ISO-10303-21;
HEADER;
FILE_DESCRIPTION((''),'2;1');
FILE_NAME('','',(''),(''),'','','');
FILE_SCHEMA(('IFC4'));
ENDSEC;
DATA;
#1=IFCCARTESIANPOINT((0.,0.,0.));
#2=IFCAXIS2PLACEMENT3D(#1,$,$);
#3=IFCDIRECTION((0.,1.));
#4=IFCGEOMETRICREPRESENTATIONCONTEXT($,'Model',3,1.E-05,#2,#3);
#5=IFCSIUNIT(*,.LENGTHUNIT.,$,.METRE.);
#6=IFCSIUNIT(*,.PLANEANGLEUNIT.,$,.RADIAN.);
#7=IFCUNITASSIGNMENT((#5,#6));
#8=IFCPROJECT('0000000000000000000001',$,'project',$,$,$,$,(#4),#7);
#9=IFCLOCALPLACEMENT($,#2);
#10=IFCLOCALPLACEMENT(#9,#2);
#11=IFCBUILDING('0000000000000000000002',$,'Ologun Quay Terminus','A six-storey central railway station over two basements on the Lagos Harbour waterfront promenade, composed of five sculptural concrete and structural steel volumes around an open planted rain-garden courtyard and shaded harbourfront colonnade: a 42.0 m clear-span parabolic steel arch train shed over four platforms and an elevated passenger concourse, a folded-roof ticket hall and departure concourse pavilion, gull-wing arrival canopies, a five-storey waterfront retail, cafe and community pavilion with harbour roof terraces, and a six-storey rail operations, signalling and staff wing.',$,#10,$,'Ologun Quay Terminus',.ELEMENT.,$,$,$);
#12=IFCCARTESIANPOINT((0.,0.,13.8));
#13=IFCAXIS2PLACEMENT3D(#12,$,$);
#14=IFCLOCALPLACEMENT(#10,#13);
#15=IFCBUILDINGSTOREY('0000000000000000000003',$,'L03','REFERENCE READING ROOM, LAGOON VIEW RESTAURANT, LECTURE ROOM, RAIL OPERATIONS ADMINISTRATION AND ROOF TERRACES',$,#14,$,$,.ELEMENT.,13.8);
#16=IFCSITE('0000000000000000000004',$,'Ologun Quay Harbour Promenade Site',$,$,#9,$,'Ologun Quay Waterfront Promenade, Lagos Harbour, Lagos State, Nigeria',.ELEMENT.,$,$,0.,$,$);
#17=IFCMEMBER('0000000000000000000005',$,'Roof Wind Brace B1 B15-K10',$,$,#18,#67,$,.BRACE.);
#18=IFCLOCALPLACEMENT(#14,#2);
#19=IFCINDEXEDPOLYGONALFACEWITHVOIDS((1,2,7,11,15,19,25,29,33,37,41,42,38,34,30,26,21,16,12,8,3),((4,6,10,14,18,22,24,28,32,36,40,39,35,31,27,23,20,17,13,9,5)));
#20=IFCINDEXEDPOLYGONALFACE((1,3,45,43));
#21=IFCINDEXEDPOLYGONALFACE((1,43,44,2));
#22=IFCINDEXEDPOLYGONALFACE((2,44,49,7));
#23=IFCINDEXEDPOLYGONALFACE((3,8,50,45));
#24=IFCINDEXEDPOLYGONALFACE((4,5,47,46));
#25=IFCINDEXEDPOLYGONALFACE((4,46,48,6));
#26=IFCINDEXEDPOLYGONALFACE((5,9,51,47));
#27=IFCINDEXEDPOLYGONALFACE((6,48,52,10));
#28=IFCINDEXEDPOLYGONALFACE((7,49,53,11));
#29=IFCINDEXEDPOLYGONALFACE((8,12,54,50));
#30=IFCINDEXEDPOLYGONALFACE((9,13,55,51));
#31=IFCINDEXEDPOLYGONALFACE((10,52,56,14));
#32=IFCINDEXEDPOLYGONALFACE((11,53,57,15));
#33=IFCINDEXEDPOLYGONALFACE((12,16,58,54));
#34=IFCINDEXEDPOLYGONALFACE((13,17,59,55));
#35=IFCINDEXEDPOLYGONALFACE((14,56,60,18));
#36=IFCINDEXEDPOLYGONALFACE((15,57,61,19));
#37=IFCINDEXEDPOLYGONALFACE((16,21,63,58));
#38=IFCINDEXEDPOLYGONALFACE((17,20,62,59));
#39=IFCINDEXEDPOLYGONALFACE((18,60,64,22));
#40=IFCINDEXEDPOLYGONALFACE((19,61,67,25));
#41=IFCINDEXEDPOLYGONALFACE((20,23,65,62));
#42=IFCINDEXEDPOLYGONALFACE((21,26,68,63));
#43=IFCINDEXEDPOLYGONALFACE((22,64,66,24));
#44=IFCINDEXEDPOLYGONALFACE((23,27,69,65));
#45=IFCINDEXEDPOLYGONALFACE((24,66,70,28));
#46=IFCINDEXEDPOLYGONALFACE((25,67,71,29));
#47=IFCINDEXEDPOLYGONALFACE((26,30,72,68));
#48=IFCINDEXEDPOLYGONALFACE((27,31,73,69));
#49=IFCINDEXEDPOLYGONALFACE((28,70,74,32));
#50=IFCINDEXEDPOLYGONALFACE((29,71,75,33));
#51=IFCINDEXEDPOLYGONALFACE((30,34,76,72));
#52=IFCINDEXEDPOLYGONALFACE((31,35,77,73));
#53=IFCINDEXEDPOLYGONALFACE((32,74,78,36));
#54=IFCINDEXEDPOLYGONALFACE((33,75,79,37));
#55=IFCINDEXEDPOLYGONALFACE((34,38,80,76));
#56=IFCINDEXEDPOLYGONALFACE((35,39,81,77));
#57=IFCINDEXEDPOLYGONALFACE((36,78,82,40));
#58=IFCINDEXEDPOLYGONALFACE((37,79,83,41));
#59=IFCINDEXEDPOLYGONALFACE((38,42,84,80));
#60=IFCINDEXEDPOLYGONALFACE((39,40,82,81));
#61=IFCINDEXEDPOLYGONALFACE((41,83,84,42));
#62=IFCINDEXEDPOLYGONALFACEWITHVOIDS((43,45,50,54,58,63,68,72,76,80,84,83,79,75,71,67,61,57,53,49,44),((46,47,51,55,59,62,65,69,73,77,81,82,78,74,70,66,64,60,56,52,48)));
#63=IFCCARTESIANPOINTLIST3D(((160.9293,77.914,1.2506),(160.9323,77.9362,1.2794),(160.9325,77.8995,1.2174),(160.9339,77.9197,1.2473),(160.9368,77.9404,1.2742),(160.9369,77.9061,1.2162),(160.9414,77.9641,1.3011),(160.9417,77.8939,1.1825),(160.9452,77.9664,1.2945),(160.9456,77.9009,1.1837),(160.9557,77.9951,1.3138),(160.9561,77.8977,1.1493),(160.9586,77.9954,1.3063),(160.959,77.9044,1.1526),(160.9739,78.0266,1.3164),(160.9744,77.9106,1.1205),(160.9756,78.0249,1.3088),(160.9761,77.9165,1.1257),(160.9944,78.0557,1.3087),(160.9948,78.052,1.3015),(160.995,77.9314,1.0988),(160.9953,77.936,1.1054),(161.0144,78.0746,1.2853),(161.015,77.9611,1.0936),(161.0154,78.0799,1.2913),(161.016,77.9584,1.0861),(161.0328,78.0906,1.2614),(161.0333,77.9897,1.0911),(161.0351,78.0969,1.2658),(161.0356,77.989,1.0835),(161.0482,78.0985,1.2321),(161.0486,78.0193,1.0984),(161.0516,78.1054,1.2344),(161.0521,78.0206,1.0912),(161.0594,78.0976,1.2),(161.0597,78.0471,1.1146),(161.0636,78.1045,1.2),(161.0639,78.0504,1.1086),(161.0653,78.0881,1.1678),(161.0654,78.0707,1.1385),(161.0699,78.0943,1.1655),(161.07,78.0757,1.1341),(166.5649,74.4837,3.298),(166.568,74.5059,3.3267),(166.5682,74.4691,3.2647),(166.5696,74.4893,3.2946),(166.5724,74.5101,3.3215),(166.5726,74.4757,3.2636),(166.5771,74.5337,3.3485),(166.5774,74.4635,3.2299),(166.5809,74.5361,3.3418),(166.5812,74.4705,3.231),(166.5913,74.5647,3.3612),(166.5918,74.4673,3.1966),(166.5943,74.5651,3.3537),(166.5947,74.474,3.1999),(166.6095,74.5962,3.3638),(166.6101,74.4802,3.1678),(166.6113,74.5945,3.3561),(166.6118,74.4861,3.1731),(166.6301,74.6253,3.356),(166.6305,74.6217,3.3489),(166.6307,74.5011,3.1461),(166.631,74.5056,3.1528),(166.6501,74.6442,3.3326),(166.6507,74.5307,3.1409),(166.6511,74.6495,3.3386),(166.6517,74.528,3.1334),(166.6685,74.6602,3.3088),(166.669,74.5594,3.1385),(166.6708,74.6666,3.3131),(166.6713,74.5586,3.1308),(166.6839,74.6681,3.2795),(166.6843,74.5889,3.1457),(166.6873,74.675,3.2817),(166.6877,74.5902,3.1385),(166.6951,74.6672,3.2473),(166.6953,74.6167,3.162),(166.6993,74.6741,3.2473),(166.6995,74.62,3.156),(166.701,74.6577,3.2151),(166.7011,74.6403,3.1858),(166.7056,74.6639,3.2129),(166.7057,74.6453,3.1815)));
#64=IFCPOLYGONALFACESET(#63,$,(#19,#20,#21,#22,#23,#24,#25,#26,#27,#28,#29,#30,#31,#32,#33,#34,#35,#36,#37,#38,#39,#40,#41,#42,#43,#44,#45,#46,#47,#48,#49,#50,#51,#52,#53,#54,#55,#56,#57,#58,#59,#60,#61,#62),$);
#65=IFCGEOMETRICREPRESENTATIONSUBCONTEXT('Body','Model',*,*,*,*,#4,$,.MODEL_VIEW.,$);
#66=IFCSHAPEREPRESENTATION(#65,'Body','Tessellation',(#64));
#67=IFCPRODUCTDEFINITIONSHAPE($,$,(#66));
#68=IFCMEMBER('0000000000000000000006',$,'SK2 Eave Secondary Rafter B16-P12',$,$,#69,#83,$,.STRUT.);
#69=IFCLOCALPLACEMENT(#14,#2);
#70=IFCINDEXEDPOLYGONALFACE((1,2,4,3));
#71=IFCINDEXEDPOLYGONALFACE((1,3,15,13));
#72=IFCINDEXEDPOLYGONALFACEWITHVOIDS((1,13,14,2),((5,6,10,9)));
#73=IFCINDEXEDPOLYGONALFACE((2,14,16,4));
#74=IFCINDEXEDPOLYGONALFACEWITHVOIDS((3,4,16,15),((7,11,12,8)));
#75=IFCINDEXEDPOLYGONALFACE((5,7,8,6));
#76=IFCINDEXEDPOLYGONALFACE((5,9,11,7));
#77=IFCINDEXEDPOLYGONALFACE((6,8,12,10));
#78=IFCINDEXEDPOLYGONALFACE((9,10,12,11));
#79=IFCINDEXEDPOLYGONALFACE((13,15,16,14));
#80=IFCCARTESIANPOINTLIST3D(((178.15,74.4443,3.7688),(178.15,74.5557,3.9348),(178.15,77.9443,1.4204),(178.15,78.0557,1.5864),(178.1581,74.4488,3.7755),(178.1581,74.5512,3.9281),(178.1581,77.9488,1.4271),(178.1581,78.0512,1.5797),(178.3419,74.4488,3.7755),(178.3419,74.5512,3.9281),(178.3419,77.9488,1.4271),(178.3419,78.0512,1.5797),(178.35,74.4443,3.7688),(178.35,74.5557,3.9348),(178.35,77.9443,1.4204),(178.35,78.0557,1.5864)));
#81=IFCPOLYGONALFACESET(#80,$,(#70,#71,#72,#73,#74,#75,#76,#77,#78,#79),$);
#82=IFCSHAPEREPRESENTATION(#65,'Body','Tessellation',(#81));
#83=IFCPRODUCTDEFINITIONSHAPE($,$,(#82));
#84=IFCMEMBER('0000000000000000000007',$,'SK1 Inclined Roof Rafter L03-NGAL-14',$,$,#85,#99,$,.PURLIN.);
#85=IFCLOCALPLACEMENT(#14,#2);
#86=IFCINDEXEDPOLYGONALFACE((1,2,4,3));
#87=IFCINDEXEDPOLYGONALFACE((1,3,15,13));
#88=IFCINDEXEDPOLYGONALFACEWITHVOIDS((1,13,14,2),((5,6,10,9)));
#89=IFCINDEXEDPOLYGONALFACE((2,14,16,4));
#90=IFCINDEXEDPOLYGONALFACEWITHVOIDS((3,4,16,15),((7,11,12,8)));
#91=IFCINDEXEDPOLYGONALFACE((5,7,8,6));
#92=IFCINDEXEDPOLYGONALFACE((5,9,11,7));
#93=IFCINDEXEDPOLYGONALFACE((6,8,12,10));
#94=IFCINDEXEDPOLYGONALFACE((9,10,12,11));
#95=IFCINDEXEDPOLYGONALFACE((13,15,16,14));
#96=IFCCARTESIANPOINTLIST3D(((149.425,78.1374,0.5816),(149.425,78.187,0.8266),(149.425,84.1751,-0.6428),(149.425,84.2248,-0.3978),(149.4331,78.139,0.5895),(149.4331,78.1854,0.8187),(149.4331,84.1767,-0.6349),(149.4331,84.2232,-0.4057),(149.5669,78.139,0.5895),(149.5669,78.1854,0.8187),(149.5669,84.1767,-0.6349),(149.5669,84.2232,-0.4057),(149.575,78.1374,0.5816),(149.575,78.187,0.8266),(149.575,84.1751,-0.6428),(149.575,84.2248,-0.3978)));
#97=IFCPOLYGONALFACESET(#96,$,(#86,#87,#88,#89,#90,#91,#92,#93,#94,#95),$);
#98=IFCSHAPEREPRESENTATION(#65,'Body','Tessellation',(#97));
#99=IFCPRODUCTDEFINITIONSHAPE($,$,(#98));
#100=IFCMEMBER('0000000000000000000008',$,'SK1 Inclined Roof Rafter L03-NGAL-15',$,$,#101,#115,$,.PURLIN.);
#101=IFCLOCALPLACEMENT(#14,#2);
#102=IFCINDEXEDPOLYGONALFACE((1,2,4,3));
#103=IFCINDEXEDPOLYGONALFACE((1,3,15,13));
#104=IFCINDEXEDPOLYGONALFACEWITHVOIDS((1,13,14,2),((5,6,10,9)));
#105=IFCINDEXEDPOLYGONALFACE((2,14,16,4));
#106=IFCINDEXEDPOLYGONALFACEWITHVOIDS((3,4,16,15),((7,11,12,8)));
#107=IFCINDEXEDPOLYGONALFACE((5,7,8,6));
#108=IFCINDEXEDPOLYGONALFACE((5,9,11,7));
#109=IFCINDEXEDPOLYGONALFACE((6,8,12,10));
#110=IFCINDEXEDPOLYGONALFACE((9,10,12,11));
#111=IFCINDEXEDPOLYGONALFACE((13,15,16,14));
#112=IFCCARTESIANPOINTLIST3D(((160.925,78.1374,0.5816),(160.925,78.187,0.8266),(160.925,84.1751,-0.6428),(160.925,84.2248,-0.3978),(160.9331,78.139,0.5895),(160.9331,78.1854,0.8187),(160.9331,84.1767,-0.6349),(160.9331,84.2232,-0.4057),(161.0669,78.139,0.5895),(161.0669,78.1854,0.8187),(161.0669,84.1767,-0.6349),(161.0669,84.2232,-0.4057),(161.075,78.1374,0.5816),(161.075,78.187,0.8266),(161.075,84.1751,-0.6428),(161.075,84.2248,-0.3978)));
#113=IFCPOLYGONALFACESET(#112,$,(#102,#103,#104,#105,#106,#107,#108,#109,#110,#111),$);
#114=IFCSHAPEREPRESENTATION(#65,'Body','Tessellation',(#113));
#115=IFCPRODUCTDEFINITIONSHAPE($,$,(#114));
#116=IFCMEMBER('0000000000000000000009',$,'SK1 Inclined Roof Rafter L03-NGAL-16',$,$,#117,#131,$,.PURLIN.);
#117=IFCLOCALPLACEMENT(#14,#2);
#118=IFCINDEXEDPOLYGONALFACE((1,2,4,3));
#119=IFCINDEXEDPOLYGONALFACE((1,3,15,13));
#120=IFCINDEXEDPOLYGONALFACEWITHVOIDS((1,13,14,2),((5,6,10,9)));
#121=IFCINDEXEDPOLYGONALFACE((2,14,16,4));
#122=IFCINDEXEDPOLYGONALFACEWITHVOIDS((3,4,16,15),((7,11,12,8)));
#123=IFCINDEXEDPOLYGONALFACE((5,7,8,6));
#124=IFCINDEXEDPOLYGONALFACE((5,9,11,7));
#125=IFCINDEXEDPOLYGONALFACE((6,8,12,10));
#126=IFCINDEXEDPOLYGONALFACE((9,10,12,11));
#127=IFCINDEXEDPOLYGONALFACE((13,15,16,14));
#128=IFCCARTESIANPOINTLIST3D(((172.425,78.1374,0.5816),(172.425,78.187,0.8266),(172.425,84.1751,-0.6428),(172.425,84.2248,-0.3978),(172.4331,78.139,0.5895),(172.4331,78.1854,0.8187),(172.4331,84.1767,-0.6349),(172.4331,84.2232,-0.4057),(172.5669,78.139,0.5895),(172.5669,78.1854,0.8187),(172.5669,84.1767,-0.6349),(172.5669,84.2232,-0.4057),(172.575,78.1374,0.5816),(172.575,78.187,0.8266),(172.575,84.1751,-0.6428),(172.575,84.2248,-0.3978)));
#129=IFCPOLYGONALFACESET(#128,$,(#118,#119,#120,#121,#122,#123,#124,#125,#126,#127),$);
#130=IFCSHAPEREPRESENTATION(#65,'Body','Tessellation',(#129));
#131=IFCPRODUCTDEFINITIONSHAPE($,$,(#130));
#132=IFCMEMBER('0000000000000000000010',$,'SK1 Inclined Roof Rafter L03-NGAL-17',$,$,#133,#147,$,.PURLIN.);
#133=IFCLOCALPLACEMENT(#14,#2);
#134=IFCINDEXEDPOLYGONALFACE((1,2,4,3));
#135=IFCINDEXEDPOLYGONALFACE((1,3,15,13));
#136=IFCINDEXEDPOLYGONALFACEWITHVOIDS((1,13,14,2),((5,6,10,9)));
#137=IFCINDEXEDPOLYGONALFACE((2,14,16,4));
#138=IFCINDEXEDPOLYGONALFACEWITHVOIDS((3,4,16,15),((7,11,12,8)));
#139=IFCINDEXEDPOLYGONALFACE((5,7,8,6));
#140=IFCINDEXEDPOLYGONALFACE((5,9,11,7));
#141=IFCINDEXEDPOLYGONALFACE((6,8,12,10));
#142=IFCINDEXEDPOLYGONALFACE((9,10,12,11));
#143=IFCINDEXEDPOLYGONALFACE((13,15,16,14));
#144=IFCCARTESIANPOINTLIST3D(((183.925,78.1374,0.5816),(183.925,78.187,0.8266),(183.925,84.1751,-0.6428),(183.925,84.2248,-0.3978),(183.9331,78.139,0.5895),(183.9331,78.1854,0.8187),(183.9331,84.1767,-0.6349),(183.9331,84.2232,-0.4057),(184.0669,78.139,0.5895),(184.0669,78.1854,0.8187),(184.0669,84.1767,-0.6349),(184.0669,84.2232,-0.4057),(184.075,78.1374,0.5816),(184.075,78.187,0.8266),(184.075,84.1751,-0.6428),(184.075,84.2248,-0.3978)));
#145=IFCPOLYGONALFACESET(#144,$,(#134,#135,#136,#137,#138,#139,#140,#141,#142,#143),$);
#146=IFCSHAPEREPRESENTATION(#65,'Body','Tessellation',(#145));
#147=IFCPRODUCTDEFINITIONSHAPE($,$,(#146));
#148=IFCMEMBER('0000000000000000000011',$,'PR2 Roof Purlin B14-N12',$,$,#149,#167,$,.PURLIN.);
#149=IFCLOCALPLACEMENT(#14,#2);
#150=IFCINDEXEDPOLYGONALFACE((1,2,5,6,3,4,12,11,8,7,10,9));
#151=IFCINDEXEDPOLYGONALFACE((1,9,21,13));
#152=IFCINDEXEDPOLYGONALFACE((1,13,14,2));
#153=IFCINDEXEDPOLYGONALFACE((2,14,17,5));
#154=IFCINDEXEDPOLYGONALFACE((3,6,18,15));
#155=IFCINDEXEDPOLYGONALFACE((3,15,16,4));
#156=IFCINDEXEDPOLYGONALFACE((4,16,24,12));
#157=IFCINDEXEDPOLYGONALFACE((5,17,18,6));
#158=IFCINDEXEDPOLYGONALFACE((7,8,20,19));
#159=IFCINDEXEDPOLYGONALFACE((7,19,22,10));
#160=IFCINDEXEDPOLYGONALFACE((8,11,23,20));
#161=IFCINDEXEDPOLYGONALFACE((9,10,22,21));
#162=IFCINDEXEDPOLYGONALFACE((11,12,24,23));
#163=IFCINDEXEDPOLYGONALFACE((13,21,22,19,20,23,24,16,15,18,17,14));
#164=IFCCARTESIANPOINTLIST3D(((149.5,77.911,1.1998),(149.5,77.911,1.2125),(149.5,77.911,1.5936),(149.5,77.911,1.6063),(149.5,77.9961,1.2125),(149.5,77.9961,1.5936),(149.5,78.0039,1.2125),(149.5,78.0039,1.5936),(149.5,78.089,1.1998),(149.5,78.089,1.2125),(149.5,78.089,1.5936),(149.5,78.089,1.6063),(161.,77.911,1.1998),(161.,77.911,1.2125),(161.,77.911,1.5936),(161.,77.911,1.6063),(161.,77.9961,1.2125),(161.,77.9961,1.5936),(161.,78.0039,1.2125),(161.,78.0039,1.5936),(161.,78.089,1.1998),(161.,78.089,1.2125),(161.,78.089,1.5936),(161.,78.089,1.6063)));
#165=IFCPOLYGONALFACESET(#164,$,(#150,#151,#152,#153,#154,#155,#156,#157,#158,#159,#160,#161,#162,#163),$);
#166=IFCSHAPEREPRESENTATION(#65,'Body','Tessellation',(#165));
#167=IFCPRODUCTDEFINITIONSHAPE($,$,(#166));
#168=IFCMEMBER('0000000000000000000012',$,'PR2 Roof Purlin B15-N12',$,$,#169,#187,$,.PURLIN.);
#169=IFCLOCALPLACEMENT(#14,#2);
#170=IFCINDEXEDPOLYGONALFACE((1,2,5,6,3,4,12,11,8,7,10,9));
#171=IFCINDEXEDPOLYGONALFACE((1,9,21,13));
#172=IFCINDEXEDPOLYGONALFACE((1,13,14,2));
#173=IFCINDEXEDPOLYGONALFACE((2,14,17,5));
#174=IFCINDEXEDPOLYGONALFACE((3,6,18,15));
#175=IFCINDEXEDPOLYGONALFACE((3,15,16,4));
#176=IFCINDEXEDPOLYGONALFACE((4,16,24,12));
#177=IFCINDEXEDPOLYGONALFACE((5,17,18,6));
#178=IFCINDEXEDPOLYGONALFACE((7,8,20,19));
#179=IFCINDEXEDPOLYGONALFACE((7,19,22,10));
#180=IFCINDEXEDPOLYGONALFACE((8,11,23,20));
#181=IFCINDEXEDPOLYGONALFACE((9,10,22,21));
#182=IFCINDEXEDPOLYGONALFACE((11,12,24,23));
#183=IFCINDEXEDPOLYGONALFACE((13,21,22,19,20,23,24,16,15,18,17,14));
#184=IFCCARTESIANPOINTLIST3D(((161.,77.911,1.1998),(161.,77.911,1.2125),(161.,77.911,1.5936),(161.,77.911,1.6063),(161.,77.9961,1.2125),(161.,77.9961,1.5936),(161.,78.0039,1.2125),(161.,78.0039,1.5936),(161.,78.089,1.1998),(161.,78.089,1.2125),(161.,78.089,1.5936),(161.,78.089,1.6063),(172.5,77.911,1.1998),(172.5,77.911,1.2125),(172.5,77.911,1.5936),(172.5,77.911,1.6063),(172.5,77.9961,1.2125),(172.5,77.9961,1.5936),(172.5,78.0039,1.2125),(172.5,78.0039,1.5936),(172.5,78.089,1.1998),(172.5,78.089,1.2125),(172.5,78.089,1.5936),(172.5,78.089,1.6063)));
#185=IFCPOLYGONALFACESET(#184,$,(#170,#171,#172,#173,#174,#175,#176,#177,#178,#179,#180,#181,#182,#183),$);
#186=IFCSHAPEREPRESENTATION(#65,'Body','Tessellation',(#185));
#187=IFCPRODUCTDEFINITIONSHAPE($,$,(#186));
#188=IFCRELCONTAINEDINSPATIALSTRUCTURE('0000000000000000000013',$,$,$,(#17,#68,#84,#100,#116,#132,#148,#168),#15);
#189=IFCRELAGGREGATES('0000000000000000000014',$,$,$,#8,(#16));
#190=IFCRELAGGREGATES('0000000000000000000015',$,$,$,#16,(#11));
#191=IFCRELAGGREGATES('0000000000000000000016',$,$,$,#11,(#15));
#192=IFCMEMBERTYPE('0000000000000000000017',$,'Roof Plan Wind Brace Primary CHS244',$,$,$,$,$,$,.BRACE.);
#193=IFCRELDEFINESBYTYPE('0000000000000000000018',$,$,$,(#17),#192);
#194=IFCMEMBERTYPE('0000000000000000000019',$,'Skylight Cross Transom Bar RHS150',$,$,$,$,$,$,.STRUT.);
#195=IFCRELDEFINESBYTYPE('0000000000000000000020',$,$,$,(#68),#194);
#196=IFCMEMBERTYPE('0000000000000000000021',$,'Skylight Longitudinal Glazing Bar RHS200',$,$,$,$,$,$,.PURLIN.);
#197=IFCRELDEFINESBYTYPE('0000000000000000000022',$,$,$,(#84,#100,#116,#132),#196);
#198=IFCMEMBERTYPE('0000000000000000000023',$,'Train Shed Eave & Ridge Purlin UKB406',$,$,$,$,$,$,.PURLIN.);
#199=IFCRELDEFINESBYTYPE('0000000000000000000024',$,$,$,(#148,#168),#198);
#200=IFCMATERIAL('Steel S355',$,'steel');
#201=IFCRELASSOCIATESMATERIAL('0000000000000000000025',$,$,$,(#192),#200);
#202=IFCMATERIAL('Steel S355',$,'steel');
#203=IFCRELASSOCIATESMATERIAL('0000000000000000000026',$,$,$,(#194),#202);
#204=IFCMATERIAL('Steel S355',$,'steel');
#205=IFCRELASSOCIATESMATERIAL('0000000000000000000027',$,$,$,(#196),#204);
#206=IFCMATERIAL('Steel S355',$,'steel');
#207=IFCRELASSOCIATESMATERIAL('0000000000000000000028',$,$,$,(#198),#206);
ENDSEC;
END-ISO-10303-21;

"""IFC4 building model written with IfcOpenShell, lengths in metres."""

from ifc_helpers import new_model, si_unit, direction, frame, origin, origin_2d, place, context, subcontext, project, spatial, hollow_rectangle, hollow_circle, i_section, extrude, material, material_profile, profile_set, type_object, element, save


model = new_model("IFC4")

# Units and contexts
model_context = context("Model", 3, precision=1e-05, world=origin(), true_north=direction((0.0, 1.0)))
body_context = subcontext(model_context, "Body", "Model", "MODEL_VIEW")
ifc_project = project(units=[si_unit("LENGTHUNIT", "METRE"), si_unit("PLANEANGLEUNIT", "RADIAN")], contexts=[model_context])

# Site, building, storey
site_placement = place(None, origin())
site = spatial("IfcSite", under=ifc_project, at=site_placement, Name="Ologun Quay Harbour Promenade Site", LongName="Ologun Quay Waterfront Promenade, Lagos Harbour, Lagos State, Nigeria", CompositionType="ELEMENT", RefElevation=0.0)
building_placement = place(site_placement, origin())
building = spatial("IfcBuilding", under=site, at=building_placement, Name="Ologun Quay Terminus", Description="A six-storey central railway station over two basements on the Lagos Harbour waterfront promenade, composed of five sculptural concrete and structural steel volumes around an open planted rain-garden courtyard and shaded harbourfront colonnade: a 42.0 m clear-span parabolic steel arch train shed over four platforms and an elevated passenger concourse, a folded-roof ticket hall and departure concourse pavilion, gull-wing arrival canopies, a five-storey waterfront retail, cafe and community pavilion with harbour roof terraces, and a six-storey rail operations, signalling and staff wing.", LongName="Ologun Quay Terminus", CompositionType="ELEMENT")
storey_placement = place(building_placement, frame((0.0, 0.0, 13.8)))
storey = spatial("IfcBuildingStorey", under=building, at=storey_placement, Name="L03", Description="REFERENCE READING ROOM, LAGOON VIEW RESTAURANT, LECTURE ROOM, RAIL OPERATIONS ADMINISTRATION AND ROOF TERRACES", CompositionType="ELEMENT", Elevation=13.8)

# Members
ifc_material_1 = material(Name="Steel S355", Category="steel")
ifc_material_profile_1 = material_profile(ifc_material_1, hollow_circle(Radius=0.1223, WallThickness=0.0081, at=origin_2d()), Name="CHS 244.5x8")
ifc_profile_set_1 = profile_set([ifc_material_profile_1], Name="Steel S355")
member_type_1 = type_object("IfcMemberType", Name="Roof Plan Wind Brace Primary CHS244", PredefinedType="BRACE", material=ifc_profile_set_1)
member_1_placement = place(storey_placement, frame((161.0, 78.0, 1.2), z_axis=(0.815823, -0.496583, 0.296374), x_axis=(0.519943, 0.854201, 0.0)))
element("IfcMember", 1, at=member_1_placement, inside=storey, type_object=member_type_1, Name="Roof Wind Brace B1 B15-K10", PredefinedType="BRACE", context=body_context, shape_type="SweptSolid", body=[
    extrude(hollow_circle(Radius=0.1223, WallThickness=0.0081, at=origin_2d()), origin(), (0.0, 0.0, 1.0), 6.908),
])
ifc_material_2 = material(Name="Steel S355", Category="steel")
ifc_material_profile_2 = material_profile(ifc_material_2, hollow_rectangle(XDim=0.2, YDim=0.2, WallThickness=0.0081, at=origin_2d()), Name="SHS 200x200x8")
ifc_profile_set_2 = profile_set([ifc_material_profile_2], Name="Steel S355")
member_type_2 = type_object("IfcMemberType", Name="Skylight Cross Transom Bar RHS150", PredefinedType="STRUT", material=ifc_profile_set_2)
member_2_placement = place(storey_placement, frame((178.25, 74.5, 3.8518), z_axis=(0.0, 0.830398, -0.557171), x_axis=(-1.0, 0.0, 0.0)))
element("IfcMember", 2, at=member_2_placement, inside=storey, type_object=member_type_2, Name="SK2 Eave Secondary Rafter B16-P12", PredefinedType="STRUT", context=body_context, shape_type="SweptSolid", body=[
    extrude(hollow_rectangle(XDim=0.2, YDim=0.2, WallThickness=0.0081, at=origin_2d()), origin(), (0.0, 0.0, 1.0), 4.2148),
])
ifc_material_3 = material(Name="Steel S355", Category="steel")
ifc_material_profile_3 = material_profile(ifc_material_3, hollow_rectangle(XDim=0.1499, YDim=0.25, WallThickness=0.0081, at=origin_2d()), Name="RHS 250x150x8")
ifc_profile_set_3 = profile_set([ifc_material_profile_3], Name="Steel S355")
member_type_3 = type_object("IfcMemberType", Name="Skylight Longitudinal Glazing Bar RHS200", PredefinedType="PURLIN", material=ifc_profile_set_3)
for number, where, z_axis, x_axis, name in (
    (3, (149.5, 84.2, -0.5203), (0.0, -0.980053, 0.198737), (1.0, 0.0, 0.0), "SK1 Inclined Roof Rafter L03-NGAL-14"),
    (4, (161.0, 84.2, -0.5203), (0.0, -0.980053, 0.198737), (1.0, 0.0, 0.0), "SK1 Inclined Roof Rafter L03-NGAL-15"),
    (5, (172.5, 84.2, -0.5203), (0.0, -0.980053, 0.198737), (1.0, 0.0, 0.0), "SK1 Inclined Roof Rafter L03-NGAL-16"),
    (6, (184.0, 84.2, -0.5203), (0.0, -0.980053, 0.198737), (1.0, 0.0, 0.0), "SK1 Inclined Roof Rafter L03-NGAL-17"),
):
    element("IfcMember", number, at=place(storey_placement, frame(where, z_axis=z_axis, x_axis=x_axis)), inside=storey, type_object=member_type_3, Name=name, PredefinedType="PURLIN", context=body_context, shape_type="SweptSolid", body=[
        extrude(hollow_rectangle(XDim=0.1499, YDim=0.25, WallThickness=0.0081, at=origin_2d()), origin(), (0.0, 0.0, 1.0), 6.1606),
    ])
ifc_material_4 = material(Name="Steel S355", Category="steel")
ifc_material_profile_4 = material_profile(ifc_material_4, i_section(OverallWidth=0.178, OverallDepth=0.4065, WebThickness=0.0078, FlangeThickness=0.0127, at=origin_2d()), Name="UKB 406x178x60")
ifc_profile_set_4 = profile_set([ifc_material_profile_4], Name="Steel S355")
member_type_4 = type_object("IfcMemberType", Name="Train Shed Eave & Ridge Purlin UKB406", PredefinedType="PURLIN", material=ifc_profile_set_4)
for number, where, z_axis, x_axis, name in (
    (7, (149.5, 78.0, 1.4031), (1.0, 0.0, 0.0), (0.0, 1.0, 0.0), "PR2 Roof Purlin B14-N12"),
    (8, (161.0, 78.0, 1.4031), (1.0, 0.0, 0.0), (0.0, 1.0, 0.0), "PR2 Roof Purlin B15-N12"),
):
    element("IfcMember", number, at=place(storey_placement, frame(where, z_axis=z_axis, x_axis=x_axis)), inside=storey, type_object=member_type_4, Name=name, PredefinedType="PURLIN", context=body_context, shape_type="SweptSolid", body=[
        extrude(i_section(OverallWidth=0.178, OverallDepth=0.4065, WebThickness=0.0078, FlangeThickness=0.0127, at=origin_2d()), origin(), (0.0, 0.0, 1.0), 11.5),
    ])

save(model, "model.ifc")
